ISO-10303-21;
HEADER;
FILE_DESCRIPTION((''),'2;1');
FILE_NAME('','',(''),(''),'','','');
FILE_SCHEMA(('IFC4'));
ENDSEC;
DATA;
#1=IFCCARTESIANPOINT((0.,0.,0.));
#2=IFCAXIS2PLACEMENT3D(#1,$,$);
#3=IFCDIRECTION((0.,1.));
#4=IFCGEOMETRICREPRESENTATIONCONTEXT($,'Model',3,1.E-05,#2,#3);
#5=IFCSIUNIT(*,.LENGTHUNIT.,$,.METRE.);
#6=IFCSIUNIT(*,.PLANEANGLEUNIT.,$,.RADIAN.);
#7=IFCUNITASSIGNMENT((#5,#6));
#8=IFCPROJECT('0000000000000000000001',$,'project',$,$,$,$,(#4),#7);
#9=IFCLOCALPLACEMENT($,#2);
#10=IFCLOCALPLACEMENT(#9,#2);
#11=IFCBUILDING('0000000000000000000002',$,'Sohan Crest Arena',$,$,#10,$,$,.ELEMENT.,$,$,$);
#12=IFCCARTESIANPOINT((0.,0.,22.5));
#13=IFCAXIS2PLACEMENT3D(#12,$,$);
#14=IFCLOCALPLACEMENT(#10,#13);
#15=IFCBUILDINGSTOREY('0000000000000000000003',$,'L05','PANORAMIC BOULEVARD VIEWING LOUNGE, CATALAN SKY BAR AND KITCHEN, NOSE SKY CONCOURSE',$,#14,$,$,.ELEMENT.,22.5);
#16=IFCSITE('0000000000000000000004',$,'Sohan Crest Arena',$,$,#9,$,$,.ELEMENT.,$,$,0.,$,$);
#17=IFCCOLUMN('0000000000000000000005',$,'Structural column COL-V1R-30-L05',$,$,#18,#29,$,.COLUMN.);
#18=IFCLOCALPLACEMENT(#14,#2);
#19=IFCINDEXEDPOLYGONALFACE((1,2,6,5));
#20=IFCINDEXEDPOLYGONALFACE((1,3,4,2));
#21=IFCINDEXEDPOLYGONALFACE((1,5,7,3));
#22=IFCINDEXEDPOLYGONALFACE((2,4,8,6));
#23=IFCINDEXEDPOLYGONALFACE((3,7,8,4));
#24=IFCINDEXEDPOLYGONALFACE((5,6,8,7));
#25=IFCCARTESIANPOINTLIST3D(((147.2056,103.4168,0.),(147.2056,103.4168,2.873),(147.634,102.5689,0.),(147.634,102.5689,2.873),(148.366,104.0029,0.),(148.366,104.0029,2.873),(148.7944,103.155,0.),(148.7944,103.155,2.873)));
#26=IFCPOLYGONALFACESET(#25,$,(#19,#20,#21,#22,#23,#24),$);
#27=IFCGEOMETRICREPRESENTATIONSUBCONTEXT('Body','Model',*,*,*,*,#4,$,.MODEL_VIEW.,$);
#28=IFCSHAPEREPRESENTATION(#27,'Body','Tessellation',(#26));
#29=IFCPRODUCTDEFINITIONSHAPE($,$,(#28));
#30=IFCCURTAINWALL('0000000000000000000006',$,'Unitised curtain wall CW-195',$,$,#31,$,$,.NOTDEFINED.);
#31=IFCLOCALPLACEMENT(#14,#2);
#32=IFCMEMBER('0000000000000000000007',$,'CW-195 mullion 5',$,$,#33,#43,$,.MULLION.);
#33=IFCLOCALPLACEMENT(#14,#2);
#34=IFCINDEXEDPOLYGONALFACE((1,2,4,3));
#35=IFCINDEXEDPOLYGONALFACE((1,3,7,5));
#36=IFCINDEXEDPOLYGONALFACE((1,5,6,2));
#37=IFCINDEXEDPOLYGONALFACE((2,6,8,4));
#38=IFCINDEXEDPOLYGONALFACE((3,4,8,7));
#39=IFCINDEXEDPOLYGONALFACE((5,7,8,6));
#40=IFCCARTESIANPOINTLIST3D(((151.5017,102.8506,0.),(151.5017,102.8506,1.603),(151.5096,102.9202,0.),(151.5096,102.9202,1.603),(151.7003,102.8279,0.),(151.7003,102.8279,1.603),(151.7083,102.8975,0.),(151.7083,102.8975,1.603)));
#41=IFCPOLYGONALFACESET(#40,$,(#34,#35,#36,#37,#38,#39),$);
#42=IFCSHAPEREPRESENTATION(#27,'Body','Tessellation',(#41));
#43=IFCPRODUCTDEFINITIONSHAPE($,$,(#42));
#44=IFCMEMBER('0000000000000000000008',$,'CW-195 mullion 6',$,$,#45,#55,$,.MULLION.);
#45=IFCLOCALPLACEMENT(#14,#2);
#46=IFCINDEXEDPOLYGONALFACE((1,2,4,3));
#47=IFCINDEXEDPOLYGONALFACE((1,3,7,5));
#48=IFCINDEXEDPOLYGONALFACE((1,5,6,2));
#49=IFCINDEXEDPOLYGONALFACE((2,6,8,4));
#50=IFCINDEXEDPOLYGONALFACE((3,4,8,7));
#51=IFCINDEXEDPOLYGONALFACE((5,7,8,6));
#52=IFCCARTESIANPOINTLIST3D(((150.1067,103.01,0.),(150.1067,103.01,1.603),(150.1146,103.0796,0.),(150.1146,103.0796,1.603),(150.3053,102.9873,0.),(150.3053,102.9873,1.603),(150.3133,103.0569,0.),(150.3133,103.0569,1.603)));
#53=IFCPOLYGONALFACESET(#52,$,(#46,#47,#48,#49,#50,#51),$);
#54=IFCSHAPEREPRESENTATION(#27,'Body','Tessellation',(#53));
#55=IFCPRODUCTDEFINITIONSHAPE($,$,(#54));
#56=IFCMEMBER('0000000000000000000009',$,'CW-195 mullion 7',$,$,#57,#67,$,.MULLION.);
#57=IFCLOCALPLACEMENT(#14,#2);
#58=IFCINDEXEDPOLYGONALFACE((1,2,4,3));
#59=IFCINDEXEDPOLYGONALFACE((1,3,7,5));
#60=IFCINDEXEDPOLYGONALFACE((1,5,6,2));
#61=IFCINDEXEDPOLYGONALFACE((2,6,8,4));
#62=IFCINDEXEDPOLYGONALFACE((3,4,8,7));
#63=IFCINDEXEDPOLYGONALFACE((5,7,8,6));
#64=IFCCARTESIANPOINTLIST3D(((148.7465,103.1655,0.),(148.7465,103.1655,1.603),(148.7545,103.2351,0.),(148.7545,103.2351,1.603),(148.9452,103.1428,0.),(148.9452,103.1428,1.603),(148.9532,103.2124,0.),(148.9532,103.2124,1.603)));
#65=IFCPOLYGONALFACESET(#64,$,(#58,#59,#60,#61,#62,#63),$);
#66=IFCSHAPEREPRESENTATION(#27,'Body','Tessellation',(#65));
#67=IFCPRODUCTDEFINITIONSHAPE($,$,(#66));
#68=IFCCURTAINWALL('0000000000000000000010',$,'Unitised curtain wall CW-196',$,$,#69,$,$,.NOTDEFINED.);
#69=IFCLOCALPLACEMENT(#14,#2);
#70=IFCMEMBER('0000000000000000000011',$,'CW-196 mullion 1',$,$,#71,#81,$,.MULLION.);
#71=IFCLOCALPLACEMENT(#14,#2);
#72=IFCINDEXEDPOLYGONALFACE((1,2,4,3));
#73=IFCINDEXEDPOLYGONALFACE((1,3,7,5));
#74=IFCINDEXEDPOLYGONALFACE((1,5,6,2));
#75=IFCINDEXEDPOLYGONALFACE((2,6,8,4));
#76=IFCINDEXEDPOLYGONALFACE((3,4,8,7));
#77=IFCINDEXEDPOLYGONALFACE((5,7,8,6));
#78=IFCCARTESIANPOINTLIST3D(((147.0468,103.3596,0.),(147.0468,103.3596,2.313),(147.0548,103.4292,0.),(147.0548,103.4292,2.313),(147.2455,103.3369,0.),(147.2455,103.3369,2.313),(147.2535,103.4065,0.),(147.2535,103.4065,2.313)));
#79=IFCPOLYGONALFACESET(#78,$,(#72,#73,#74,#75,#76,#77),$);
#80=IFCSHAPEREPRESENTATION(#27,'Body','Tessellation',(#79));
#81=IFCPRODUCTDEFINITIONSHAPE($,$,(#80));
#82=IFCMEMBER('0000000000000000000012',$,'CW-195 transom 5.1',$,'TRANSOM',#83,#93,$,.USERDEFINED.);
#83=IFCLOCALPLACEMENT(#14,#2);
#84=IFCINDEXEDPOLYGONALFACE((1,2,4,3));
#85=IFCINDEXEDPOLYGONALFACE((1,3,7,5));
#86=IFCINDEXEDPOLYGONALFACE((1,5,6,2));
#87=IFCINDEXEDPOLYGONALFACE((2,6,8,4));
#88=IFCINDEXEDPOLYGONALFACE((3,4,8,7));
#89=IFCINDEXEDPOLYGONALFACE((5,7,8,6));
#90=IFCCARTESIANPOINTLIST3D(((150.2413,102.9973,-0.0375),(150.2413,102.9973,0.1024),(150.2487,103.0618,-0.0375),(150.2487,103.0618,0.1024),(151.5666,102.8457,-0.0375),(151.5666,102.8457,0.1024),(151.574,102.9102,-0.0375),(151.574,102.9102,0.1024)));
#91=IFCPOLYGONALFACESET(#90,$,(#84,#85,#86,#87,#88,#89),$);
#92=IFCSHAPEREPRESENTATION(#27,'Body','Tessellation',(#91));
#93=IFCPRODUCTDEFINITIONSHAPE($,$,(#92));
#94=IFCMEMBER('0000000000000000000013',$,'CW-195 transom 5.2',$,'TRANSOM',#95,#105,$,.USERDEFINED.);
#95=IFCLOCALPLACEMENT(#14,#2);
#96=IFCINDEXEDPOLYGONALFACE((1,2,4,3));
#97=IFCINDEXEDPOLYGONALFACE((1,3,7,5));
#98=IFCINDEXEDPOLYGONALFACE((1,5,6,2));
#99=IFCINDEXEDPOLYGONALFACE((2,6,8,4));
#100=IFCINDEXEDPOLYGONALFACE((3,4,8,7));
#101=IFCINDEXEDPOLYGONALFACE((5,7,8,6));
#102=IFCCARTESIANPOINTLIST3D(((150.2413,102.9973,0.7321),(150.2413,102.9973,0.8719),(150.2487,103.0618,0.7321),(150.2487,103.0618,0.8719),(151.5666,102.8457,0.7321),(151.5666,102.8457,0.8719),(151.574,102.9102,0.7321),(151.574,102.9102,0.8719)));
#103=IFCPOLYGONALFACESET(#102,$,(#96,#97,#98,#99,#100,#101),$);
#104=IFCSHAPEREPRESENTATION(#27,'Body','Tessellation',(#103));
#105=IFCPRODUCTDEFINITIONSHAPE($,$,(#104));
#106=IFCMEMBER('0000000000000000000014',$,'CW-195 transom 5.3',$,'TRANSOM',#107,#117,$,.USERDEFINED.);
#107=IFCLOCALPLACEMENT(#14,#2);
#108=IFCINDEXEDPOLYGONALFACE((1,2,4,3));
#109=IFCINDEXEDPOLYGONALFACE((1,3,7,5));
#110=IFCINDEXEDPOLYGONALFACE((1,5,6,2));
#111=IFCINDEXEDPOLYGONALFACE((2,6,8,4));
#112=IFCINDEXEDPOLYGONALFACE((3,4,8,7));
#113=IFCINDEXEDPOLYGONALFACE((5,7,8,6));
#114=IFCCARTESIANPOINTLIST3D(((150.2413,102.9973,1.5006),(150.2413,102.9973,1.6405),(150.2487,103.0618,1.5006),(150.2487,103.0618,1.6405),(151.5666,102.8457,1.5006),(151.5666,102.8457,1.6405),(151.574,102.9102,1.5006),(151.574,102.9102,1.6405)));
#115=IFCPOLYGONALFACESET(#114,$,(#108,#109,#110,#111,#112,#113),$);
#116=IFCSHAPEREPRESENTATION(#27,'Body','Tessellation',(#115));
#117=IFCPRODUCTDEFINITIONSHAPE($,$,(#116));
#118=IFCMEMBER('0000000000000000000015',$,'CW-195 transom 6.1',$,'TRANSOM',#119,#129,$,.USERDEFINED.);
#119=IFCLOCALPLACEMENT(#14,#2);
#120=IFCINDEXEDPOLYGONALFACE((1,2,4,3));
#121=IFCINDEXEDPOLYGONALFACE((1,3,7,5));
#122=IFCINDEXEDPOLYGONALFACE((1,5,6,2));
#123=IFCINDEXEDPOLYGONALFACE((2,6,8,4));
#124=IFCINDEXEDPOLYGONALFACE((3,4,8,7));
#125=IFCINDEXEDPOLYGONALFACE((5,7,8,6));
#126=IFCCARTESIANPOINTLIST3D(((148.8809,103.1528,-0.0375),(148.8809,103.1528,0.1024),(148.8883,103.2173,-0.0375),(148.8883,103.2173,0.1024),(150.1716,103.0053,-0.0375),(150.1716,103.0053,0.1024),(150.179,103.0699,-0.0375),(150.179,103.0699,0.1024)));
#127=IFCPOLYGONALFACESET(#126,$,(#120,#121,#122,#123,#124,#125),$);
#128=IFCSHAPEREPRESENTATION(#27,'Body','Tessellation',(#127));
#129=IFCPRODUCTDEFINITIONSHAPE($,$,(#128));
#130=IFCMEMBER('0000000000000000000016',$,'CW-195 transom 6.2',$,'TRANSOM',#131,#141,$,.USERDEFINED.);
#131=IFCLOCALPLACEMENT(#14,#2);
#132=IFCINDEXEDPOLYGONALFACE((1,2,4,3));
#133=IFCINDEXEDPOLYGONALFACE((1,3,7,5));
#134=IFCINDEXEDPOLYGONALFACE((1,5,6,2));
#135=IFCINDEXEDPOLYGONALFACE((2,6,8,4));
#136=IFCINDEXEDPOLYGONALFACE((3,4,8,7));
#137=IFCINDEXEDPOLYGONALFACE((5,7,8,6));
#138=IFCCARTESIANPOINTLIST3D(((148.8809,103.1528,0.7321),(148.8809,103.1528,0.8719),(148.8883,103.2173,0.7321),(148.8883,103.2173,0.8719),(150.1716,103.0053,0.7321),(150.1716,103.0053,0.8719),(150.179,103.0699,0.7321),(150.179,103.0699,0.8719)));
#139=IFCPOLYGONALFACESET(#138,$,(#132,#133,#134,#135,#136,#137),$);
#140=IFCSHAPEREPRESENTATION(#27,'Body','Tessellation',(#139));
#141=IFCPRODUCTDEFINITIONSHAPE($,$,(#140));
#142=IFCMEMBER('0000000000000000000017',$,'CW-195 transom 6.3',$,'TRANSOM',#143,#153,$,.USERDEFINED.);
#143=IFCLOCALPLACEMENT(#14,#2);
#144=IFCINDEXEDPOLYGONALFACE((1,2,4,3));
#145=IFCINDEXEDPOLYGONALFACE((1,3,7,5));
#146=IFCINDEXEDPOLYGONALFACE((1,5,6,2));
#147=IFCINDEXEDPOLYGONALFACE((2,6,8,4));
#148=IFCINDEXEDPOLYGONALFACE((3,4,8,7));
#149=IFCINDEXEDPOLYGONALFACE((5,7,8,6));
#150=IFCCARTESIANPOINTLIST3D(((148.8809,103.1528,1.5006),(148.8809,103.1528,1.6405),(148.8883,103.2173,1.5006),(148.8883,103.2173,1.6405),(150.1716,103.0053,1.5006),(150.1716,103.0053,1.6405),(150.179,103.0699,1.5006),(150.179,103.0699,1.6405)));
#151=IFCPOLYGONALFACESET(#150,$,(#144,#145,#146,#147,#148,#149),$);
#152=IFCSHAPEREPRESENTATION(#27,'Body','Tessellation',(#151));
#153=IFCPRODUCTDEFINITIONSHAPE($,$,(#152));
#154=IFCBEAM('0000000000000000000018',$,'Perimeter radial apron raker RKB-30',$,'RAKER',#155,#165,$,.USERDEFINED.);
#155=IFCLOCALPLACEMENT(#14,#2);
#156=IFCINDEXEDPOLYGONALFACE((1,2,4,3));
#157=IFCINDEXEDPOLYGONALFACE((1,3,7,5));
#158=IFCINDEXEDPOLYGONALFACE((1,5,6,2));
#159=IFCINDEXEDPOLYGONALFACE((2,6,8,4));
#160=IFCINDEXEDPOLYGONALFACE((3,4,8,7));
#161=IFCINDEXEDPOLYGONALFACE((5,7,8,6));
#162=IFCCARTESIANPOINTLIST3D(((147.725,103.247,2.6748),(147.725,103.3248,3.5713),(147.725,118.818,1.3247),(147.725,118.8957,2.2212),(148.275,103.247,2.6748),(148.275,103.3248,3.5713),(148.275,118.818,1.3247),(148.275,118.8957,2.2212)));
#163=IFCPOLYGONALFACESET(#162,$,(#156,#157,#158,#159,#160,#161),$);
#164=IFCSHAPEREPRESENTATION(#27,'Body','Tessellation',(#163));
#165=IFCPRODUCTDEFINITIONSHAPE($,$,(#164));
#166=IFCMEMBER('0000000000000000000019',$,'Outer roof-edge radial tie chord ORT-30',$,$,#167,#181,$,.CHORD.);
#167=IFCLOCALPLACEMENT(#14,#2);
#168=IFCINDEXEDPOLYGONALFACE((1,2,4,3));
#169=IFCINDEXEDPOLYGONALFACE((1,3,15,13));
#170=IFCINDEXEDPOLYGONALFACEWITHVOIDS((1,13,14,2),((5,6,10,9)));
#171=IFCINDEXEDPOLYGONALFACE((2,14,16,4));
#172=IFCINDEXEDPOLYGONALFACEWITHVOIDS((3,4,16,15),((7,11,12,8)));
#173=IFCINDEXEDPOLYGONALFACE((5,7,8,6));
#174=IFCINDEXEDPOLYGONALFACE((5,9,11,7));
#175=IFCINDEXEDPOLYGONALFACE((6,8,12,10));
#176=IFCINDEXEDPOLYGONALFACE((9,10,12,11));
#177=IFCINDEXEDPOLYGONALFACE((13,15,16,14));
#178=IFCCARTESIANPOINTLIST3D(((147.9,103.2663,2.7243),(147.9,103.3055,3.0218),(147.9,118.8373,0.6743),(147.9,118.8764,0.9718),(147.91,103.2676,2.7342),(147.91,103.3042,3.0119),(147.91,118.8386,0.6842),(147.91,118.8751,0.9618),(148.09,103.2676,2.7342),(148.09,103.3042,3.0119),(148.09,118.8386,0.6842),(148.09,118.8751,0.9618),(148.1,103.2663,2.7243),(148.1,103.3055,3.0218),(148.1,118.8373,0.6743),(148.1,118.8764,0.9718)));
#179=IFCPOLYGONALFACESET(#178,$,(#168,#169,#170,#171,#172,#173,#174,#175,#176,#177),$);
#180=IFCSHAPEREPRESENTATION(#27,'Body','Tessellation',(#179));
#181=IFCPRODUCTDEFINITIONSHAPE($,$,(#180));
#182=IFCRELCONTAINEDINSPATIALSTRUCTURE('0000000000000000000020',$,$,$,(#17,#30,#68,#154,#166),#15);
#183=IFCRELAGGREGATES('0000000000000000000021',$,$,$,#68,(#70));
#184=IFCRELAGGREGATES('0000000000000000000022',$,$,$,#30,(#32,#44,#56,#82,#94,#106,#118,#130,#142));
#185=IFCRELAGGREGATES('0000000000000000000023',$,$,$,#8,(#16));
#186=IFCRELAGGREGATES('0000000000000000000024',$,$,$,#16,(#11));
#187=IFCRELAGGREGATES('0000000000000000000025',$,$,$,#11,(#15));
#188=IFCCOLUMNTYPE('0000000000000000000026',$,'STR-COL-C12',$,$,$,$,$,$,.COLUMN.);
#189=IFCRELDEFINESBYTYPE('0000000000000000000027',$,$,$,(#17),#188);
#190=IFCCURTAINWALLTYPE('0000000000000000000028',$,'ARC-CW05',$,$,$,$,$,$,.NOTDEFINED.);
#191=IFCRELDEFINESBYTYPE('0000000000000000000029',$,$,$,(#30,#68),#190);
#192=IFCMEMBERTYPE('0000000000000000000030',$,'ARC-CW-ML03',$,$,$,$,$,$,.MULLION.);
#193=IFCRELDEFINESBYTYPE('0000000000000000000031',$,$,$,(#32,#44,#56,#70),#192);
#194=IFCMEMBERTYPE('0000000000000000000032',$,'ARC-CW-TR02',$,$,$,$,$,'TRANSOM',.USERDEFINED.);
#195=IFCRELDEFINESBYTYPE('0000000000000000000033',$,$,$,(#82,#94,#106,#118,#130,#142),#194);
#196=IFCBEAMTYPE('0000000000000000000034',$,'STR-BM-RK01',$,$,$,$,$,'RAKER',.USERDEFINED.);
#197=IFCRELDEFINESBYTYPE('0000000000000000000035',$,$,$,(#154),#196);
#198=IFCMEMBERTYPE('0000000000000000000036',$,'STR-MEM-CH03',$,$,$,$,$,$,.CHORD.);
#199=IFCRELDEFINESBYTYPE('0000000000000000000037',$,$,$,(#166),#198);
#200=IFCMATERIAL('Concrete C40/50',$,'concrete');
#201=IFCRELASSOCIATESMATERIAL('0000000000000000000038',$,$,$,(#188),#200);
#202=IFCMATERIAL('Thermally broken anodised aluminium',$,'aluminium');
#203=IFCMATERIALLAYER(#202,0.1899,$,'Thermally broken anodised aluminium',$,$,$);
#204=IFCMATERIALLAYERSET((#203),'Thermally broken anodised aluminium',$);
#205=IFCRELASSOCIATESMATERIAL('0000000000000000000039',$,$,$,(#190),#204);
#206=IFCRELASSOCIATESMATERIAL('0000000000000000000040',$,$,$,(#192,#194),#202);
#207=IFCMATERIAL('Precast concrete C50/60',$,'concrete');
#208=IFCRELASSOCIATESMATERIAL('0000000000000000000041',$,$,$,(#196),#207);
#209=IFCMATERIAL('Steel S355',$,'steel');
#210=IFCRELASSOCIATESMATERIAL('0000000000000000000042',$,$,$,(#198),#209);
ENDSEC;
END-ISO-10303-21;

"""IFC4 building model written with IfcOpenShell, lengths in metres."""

from ifc_helpers import new_model, si_unit, direction, frame, origin, origin_2d, place, context, subcontext, project, spatial, rectangle, hollow_rectangle, extrude, material, layer, layer_set, material_profile, profile_set, type_object, element, aggregate, save


model = new_model("IFC4")

# Units and contexts
model_context = context("Model", 3, precision=1e-05, world=origin(), true_north=direction((0.0, 1.0)))
body_context = subcontext(model_context, "Body", "Model", "MODEL_VIEW")
ifc_project = project(units=[si_unit("LENGTHUNIT", "METRE"), si_unit("PLANEANGLEUNIT", "RADIAN")], contexts=[model_context])

# Site, building, storey
site_placement = place(None, origin())
site = spatial("IfcSite", under=ifc_project, at=site_placement, Name="Sohan Crest Arena", CompositionType="ELEMENT", RefElevation=0.0)
building_placement = place(site_placement, origin())
building = spatial("IfcBuilding", under=site, at=building_placement, Name="Sohan Crest Arena", CompositionType="ELEMENT")
storey_placement = place(building_placement, frame((0.0, 0.0, 22.5)))
storey = spatial("IfcBuildingStorey", under=building, at=storey_placement, Name="L05", Description="PANORAMIC BOULEVARD VIEWING LOUNGE, CATALAN SKY BAR AND KITCHEN, NOSE SKY CONCOURSE", CompositionType="ELEMENT", Elevation=22.5)

# Column
ifc_material_1 = material(Name="Concrete C40/50", Category="concrete")
ifc_material_profile_1 = material_profile(ifc_material_1, rectangle(XDim=1.3, YDim=0.95, at=origin_2d()), Name="RC 1300x950")
ifc_profile_set_1 = profile_set([ifc_material_profile_1], Name="Concrete C40/50")
column_type = type_object("IfcColumnType", Name="STR-COL-C12", PredefinedType="COLUMN", material=ifc_profile_set_1)
column_placement = place(storey_placement, frame((148.0, 103.2859, 0.0), z_axis=(0.0, 0.0, 1.0), x_axis=(0.892586, 0.450878, 0.0)))
element("IfcColumn", 1, at=column_placement, inside=storey, type_object=column_type, Name="Structural column COL-V1R-30-L05", PredefinedType="COLUMN", context=body_context, shape_type="SweptSolid", body=[
    extrude(rectangle(XDim=1.3, YDim=0.95, at=origin_2d()), origin(), (0.0, 0.0, 1.0), 2.873),
])

# Curtain wall, members
ifc_material_2 = material(Name="Thermally broken anodised aluminium", Category="aluminium")
ifc_layer_1 = layer(ifc_material_2, 0.1899, Name="Thermally broken anodised aluminium")
ifc_layer_set_1 = layer_set([ifc_layer_1], Name="Thermally broken anodised aluminium")
curtain_wall_type = type_object("IfcCurtainWallType", Name="ARC-CW05", PredefinedType="NOTDEFINED", material=ifc_layer_set_1)
curtain_wall_1_placement = place(storey_placement, origin())
curtain_wall_1 = element("IfcCurtainWall", 2, at=curtain_wall_1_placement, inside=storey, type_object=curtain_wall_type, Name="Unitised curtain wall CW-195", PredefinedType="NOTDEFINED")
ifc_material_profile_2 = material_profile(ifc_material_2, rectangle(XDim=0.0701, YDim=0.2, at=origin_2d()), Name="ALU-MULL 70x200")
ifc_profile_set_2 = profile_set([ifc_material_profile_2], Name="Thermally broken anodised aluminium")
member_type_1 = type_object("IfcMemberType", Name="ARC-CW-ML03", PredefinedType="MULLION", material=ifc_profile_set_2)
member_1_placement = place(storey_placement, frame((151.605, 102.874, 0.0), z_axis=(0.0, 0.0, 1.0), x_axis=(-0.113597, -0.993527, 0.0)))
member_1 = element("IfcMember", 3, at=member_1_placement, type_object=member_type_1, Name="CW-195 mullion 5", PredefinedType="MULLION", context=body_context, shape_type="SweptSolid", body=[
    extrude(rectangle(XDim=0.0701, YDim=0.2, at=origin_2d()), origin(), (0.0, 0.0, 1.0), 1.603),
])
member_2_placement = place(storey_placement, frame((150.21, 103.0334, 0.0), z_axis=(0.0, 0.0, 1.0), x_axis=(-0.113597, -0.993527, 0.0)))
member_2 = element("IfcMember", 4, at=member_2_placement, type_object=member_type_1, Name="CW-195 mullion 6", PredefinedType="MULLION", context=body_context, shape_type="SweptSolid", body=[
    extrude(rectangle(XDim=0.0701, YDim=0.2, at=origin_2d()), origin(), (0.0, 0.0, 1.0), 1.603),
])
member_3_placement = place(storey_placement, frame((148.8499, 103.189, 0.0), z_axis=(0.0, 0.0, 1.0), x_axis=(-0.113597, -0.993527, 0.0)))
member_3 = element("IfcMember", 5, at=member_3_placement, type_object=member_type_1, Name="CW-195 mullion 7", PredefinedType="MULLION", context=body_context, shape_type="SweptSolid", body=[
    extrude(rectangle(XDim=0.0701, YDim=0.2, at=origin_2d()), origin(), (0.0, 0.0, 1.0), 1.603),
])

# Curtain wall, member
curtain_wall_2_placement = place(storey_placement, origin())
curtain_wall_2 = element("IfcCurtainWall", 6, at=curtain_wall_2_placement, inside=storey, type_object=curtain_wall_type, Name="Unitised curtain wall CW-196", PredefinedType="NOTDEFINED")
member_4_placement = place(storey_placement, frame((147.1501, 103.3831, 0.0), z_axis=(0.0, 0.0, 1.0), x_axis=(-0.113597, -0.993527, 0.0)))
member_4 = element("IfcMember", 7, at=member_4_placement, type_object=member_type_1, Name="CW-196 mullion 1", PredefinedType="MULLION", context=body_context, shape_type="SweptSolid", body=[
    extrude(rectangle(XDim=0.0701, YDim=0.2, at=origin_2d()), origin(), (0.0, 0.0, 1.0), 2.313),
])
aggregate(curtain_wall_2, [member_4])

# Members
ifc_material_profile_3 = material_profile(ifc_material_2, rectangle(XDim=0.0649, YDim=0.1399, at=origin_2d()), Name="ALU-TRAN 65x140")
ifc_profile_set_3 = profile_set([ifc_material_profile_3], Name="Thermally broken anodised aluminium")
member_type_2 = type_object("IfcMemberType", Name="ARC-CW-TR02", ElementType="TRANSOM", PredefinedType="USERDEFINED", material=ifc_profile_set_3)
member_5_placement = place(storey_placement, frame((151.5703, 102.8779, 0.0325), z_axis=(-0.993521, 0.113645, 0.0), x_axis=(-0.113645, -0.993521, 0.0)))
member_5 = element("IfcMember", 8, at=member_5_placement, type_object=member_type_2, Name="CW-195 transom 5.1", ObjectType="TRANSOM", PredefinedType="USERDEFINED", context=body_context, shape_type="SweptSolid", body=[
    extrude(rectangle(XDim=0.0649, YDim=0.1399, at=origin_2d()), origin(), (0.0, 0.0, 1.0), 1.334),
])
member_6_placement = place(storey_placement, frame((151.5703, 102.8779, 0.802), z_axis=(-0.993521, 0.113645, 0.0), x_axis=(-0.113645, -0.993521, 0.0)))
member_6 = element("IfcMember", 9, at=member_6_placement, type_object=member_type_2, Name="CW-195 transom 5.2", ObjectType="TRANSOM", PredefinedType="USERDEFINED", context=body_context, shape_type="SweptSolid", body=[
    extrude(rectangle(XDim=0.0649, YDim=0.1399, at=origin_2d()), origin(), (0.0, 0.0, 1.0), 1.334),
])
member_7_placement = place(storey_placement, frame((151.5703, 102.8779, 1.5706), z_axis=(-0.993521, 0.113645, 0.0), x_axis=(-0.113645, -0.993521, 0.0)))
member_7 = element("IfcMember", 10, at=member_7_placement, type_object=member_type_2, Name="CW-195 transom 5.3", ObjectType="TRANSOM", PredefinedType="USERDEFINED", context=body_context, shape_type="SweptSolid", body=[
    extrude(rectangle(XDim=0.0649, YDim=0.1399, at=origin_2d()), origin(), (0.0, 0.0, 1.0), 1.334),
])
member_8_placement = place(storey_placement, frame((150.1753, 103.0376, 0.0325), z_axis=(-0.993538, 0.113504, 0.0), x_axis=(-0.113504, -0.993538, 0.0)))
member_8 = element("IfcMember", 11, at=member_8_placement, type_object=member_type_2, Name="CW-195 transom 6.1", ObjectType="TRANSOM", PredefinedType="USERDEFINED", context=body_context, shape_type="SweptSolid", body=[
    extrude(rectangle(XDim=0.0649, YDim=0.1399, at=origin_2d()), origin(), (0.0, 0.0, 1.0), 1.2991),
])
member_9_placement = place(storey_placement, frame((150.1753, 103.0376, 0.802), z_axis=(-0.993538, 0.113504, 0.0), x_axis=(-0.113504, -0.993538, 0.0)))
member_9 = element("IfcMember", 12, at=member_9_placement, type_object=member_type_2, Name="CW-195 transom 6.2", ObjectType="TRANSOM", PredefinedType="USERDEFINED", context=body_context, shape_type="SweptSolid", body=[
    extrude(rectangle(XDim=0.0649, YDim=0.1399, at=origin_2d()), origin(), (0.0, 0.0, 1.0), 1.2991),
])
member_10_placement = place(storey_placement, frame((150.1753, 103.0376, 1.5706), z_axis=(-0.993538, 0.113504, 0.0), x_axis=(-0.113504, -0.993538, 0.0)))
member_10 = element("IfcMember", 13, at=member_10_placement, type_object=member_type_2, Name="CW-195 transom 6.3", ObjectType="TRANSOM", PredefinedType="USERDEFINED", context=body_context, shape_type="SweptSolid", body=[
    extrude(rectangle(XDim=0.0649, YDim=0.1399, at=origin_2d()), origin(), (0.0, 0.0, 1.0), 1.2991),
])

# Beam
ifc_material_3 = material(Name="Precast concrete C50/60", Category="concrete")
ifc_material_profile_4 = material_profile(ifc_material_3, rectangle(XDim=0.55, YDim=0.8999, at=origin_2d()), Name="RAKER 550x900")
ifc_profile_set_4 = profile_set([ifc_material_profile_4], Name="Precast concrete C50/60")
beam_type = type_object("IfcBeamType", Name="STR-BM-RK01", ElementType="RAKER", PredefinedType="USERDEFINED", material=ifc_profile_set_4)
beam_placement = place(storey_placement, frame((148.0, 103.2859, 3.123), z_axis=(0.0, 0.996262, -0.086382), x_axis=(-1.0, 0.0, 0.0)))
element("IfcBeam", 14, at=beam_placement, inside=storey, type_object=beam_type, Name="Perimeter radial apron raker RKB-30", ObjectType="RAKER", PredefinedType="USERDEFINED", context=body_context, shape_type="SweptSolid", body=[
    extrude(rectangle(XDim=0.55, YDim=0.8999, at=origin_2d()), origin(), (0.0, 0.0, 1.0), 15.6294),
])

# Member
ifc_material_4 = material(Name="Steel S355", Category="steel")
ifc_material_profile_5 = material_profile(ifc_material_4, hollow_rectangle(XDim=0.2, YDim=0.3, WallThickness=0.01, at=origin_2d()), Name="RHS 300x200x10")
ifc_profile_set_5 = profile_set([ifc_material_profile_5], Name="Steel S355")
member_type_3 = type_object("IfcMemberType", Name="STR-MEM-CH03", PredefinedType="CHORD", material=ifc_profile_set_5)
member_11_placement = place(storey_placement, frame((148.0, 103.2859, 2.873), z_axis=(0.0, 0.991444, -0.130531), x_axis=(-1.0, 0.0, 0.0)))
element("IfcMember", 15, at=member_11_placement, inside=storey, type_object=member_type_3, Name="Outer roof-edge radial tie chord ORT-30", PredefinedType="CHORD", context=body_context, shape_type="SweptSolid", body=[
    extrude(hollow_rectangle(XDim=0.2, YDim=0.3, WallThickness=0.01, at=origin_2d()), origin(), (0.0, 0.0, 1.0), 15.7053),
])

aggregate(curtain_wall_1, [member_1, member_2, member_3, member_5, member_6, member_7, member_8, member_9, member_10])

save(model, "model.ifc")
